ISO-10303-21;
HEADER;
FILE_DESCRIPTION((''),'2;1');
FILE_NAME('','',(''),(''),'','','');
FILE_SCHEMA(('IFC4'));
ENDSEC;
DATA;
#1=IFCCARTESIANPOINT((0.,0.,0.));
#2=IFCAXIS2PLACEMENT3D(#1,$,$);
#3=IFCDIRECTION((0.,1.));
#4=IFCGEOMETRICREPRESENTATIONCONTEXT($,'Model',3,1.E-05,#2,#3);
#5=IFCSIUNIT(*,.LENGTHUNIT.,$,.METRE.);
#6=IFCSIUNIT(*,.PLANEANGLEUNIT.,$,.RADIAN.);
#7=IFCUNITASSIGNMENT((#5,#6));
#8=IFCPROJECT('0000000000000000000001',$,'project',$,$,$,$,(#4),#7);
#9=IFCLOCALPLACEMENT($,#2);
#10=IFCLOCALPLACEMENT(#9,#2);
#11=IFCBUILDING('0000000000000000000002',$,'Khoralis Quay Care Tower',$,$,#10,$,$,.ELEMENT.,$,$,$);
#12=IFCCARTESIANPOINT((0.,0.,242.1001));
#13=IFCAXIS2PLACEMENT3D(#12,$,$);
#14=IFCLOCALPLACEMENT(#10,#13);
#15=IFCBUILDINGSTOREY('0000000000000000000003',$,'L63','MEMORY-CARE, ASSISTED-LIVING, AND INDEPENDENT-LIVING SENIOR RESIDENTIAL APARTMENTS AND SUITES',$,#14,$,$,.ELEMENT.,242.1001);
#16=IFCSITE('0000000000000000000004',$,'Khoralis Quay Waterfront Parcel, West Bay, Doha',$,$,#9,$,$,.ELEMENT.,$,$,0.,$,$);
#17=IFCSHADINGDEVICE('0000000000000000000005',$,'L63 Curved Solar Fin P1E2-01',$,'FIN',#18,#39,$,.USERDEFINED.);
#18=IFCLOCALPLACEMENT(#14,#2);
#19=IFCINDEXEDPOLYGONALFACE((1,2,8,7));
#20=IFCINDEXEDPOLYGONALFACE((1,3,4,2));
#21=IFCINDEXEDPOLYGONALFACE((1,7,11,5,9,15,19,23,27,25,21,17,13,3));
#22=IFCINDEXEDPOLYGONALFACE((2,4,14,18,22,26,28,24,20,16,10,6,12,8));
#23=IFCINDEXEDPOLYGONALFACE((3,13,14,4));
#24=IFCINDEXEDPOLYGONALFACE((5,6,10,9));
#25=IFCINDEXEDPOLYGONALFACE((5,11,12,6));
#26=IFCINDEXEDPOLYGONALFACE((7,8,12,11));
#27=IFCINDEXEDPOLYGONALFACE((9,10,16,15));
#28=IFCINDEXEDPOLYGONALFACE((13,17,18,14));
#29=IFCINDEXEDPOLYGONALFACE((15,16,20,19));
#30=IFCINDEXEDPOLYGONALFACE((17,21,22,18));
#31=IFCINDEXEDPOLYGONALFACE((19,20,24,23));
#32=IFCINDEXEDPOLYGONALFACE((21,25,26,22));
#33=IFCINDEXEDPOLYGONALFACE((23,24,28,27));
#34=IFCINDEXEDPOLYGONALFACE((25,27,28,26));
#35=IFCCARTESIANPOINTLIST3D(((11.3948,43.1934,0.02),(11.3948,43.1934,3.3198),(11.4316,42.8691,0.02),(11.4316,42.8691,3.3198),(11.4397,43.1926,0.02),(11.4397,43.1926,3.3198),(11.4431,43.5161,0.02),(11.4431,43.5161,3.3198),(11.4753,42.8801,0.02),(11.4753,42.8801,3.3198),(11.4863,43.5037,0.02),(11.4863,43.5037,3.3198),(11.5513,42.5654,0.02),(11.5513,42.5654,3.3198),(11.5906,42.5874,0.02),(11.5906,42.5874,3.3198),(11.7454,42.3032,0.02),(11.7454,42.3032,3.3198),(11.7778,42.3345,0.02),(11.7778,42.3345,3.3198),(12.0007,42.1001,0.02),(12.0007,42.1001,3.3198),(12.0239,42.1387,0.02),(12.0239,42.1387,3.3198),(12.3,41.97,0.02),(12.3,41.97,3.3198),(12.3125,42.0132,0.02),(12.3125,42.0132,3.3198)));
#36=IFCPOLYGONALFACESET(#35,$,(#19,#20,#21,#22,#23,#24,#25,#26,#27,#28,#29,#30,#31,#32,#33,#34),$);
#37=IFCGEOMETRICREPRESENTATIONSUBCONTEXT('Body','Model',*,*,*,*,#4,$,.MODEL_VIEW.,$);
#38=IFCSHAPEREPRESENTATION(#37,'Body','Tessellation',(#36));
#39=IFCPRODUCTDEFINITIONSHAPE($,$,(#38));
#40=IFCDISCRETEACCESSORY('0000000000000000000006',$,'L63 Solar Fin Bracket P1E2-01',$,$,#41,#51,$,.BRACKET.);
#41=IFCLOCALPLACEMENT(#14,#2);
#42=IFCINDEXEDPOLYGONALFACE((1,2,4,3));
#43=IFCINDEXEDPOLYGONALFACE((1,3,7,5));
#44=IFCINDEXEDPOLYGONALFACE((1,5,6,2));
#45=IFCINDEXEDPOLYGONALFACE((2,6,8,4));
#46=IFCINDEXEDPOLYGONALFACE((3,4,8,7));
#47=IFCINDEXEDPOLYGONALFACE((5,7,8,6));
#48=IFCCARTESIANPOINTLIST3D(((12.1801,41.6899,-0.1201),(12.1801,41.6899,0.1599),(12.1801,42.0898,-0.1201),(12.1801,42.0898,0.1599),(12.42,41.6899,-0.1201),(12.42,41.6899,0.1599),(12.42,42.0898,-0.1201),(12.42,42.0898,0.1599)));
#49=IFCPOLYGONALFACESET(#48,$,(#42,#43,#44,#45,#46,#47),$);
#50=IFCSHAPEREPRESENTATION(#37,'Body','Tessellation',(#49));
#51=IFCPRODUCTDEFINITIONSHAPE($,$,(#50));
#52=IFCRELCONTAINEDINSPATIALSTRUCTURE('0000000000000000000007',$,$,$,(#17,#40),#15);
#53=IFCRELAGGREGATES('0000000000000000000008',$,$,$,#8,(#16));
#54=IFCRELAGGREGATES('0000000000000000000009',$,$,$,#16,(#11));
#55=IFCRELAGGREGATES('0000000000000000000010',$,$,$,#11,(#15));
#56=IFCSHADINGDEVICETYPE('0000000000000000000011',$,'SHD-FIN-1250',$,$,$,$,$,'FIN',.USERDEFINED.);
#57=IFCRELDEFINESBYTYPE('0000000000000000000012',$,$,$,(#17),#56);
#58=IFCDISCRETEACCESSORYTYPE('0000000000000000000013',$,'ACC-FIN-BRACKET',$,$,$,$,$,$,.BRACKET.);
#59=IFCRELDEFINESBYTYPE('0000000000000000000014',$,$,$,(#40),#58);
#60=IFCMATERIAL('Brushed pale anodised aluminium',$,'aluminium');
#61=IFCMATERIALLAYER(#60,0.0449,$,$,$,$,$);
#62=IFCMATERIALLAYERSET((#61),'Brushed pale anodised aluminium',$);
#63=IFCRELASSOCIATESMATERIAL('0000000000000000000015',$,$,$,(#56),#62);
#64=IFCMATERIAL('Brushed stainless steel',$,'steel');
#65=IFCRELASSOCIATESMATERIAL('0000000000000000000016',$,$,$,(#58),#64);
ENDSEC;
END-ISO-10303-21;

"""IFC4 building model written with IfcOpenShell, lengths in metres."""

from ifc_helpers import new_model, si_unit, direction, frame, origin, origin_2d, place, context, subcontext, project, spatial, polyline, rectangle, outline, extrude, source, transform, mapped, material, layer, layer_set, type_object, element, save


model = new_model("IFC4")

# Units and contexts
model_context = context("Model", 3, precision=1e-05, world=origin(), true_north=direction((0.0, 1.0)))
body_context = subcontext(model_context, "Body", "Model", "MODEL_VIEW")
ifc_project = project(units=[si_unit("LENGTHUNIT", "METRE"), si_unit("PLANEANGLEUNIT", "RADIAN")], contexts=[model_context])

# Site, building, storey
site_placement = place(None, origin())
site = spatial("IfcSite", under=ifc_project, at=site_placement, Name="Khoralis Quay Waterfront Parcel, West Bay, Doha", CompositionType="ELEMENT", RefElevation=0.0)
building_placement = place(site_placement, origin())
building = spatial("IfcBuilding", under=site, at=building_placement, Name="Khoralis Quay Care Tower", CompositionType="ELEMENT")
storey_placement = place(building_placement, frame((0.0, 0.0, 242.1001)))
storey = spatial("IfcBuildingStorey", under=building, at=storey_placement, Name="L63", Description="MEMORY-CARE, ASSISTED-LIVING, AND INDEPENDENT-LIVING SENIOR RESIDENTIAL APARTMENTS AND SUITES", CompositionType="ELEMENT", Elevation=242.1001)

# Shading device
ifc_material_1 = material(Name="Brushed pale anodised aluminium", Category="aluminium")
ifc_layer_1 = layer(ifc_material_1, 0.0449)
ifc_layer_set_1 = layer_set([ifc_layer_1], Name="Brushed pale anodised aluminium")
shading_device_type = type_object("IfcShadingDeviceType", Name="SHD-FIN-1250", ElementType="FIN", PredefinedType="USERDEFINED", material=ifc_layer_set_1)
shared_shape_1 = source(origin(), body_context, "Body", "SweptSolid", [
    extrude(outline(polyline([(0.0, 0.0), (0.1301, 0.2993), (0.3333, 0.5547), (0.5955, 0.7488), (0.8992, 0.8684), (1.2234, 0.9053), (1.5461, 0.8569), (1.5337, 0.8137), (1.2227, 0.8604), (0.9102, 0.8247), (0.6174, 0.7095), (0.3645, 0.5222), (0.1687, 0.2761), (0.0432, -0.0125), (0.0, 0.0)])), origin(), (0.0, 0.0, 1.0), 3.2998),
])
shading_device_placement = place(storey_placement, frame((12.3, 41.97, 0.02), z_axis=(0.0, 0.0, 1.0), x_axis=(0.0, 1.0, 0.0)))
element("IfcShadingDevice", 1, at=shading_device_placement, inside=storey, type_object=shading_device_type, Name="L63 Curved Solar Fin P1E2-01", ObjectType="FIN", PredefinedType="USERDEFINED", context=body_context, shape_type="MappedRepresentation", body=[
    mapped(shared_shape_1, transform((0.0, 0.0, 0.0), scale=1.0)),
])

# Discrete accessory
ifc_material_2 = material(Name="Brushed stainless steel", Category="steel")
discrete_accessory_type = type_object("IfcDiscreteAccessoryType", Name="ACC-FIN-BRACKET", PredefinedType="BRACKET", material=ifc_material_2)
shared_shape_2 = source(origin(), body_context, "Body", "SweptSolid", [
    extrude(rectangle(XDim=0.3999, YDim=0.24, at=origin_2d()), origin(), (0.0, 0.0, 1.0), 0.28),
])
discrete_accessory_placement = place(storey_placement, frame((12.3, 41.8899, -0.1201), z_axis=(0.0, 0.0, 1.0), x_axis=(0.0, 1.0, 0.0)))
element("IfcDiscreteAccessory", 2, at=discrete_accessory_placement, inside=storey, type_object=discrete_accessory_type, Name="L63 Solar Fin Bracket P1E2-01", PredefinedType="BRACKET", context=body_context, shape_type="MappedRepresentation", body=[
    mapped(shared_shape_2, transform((0.0, 0.0, 0.0), scale=1.0)),
])

save(model, "model.ifc")
